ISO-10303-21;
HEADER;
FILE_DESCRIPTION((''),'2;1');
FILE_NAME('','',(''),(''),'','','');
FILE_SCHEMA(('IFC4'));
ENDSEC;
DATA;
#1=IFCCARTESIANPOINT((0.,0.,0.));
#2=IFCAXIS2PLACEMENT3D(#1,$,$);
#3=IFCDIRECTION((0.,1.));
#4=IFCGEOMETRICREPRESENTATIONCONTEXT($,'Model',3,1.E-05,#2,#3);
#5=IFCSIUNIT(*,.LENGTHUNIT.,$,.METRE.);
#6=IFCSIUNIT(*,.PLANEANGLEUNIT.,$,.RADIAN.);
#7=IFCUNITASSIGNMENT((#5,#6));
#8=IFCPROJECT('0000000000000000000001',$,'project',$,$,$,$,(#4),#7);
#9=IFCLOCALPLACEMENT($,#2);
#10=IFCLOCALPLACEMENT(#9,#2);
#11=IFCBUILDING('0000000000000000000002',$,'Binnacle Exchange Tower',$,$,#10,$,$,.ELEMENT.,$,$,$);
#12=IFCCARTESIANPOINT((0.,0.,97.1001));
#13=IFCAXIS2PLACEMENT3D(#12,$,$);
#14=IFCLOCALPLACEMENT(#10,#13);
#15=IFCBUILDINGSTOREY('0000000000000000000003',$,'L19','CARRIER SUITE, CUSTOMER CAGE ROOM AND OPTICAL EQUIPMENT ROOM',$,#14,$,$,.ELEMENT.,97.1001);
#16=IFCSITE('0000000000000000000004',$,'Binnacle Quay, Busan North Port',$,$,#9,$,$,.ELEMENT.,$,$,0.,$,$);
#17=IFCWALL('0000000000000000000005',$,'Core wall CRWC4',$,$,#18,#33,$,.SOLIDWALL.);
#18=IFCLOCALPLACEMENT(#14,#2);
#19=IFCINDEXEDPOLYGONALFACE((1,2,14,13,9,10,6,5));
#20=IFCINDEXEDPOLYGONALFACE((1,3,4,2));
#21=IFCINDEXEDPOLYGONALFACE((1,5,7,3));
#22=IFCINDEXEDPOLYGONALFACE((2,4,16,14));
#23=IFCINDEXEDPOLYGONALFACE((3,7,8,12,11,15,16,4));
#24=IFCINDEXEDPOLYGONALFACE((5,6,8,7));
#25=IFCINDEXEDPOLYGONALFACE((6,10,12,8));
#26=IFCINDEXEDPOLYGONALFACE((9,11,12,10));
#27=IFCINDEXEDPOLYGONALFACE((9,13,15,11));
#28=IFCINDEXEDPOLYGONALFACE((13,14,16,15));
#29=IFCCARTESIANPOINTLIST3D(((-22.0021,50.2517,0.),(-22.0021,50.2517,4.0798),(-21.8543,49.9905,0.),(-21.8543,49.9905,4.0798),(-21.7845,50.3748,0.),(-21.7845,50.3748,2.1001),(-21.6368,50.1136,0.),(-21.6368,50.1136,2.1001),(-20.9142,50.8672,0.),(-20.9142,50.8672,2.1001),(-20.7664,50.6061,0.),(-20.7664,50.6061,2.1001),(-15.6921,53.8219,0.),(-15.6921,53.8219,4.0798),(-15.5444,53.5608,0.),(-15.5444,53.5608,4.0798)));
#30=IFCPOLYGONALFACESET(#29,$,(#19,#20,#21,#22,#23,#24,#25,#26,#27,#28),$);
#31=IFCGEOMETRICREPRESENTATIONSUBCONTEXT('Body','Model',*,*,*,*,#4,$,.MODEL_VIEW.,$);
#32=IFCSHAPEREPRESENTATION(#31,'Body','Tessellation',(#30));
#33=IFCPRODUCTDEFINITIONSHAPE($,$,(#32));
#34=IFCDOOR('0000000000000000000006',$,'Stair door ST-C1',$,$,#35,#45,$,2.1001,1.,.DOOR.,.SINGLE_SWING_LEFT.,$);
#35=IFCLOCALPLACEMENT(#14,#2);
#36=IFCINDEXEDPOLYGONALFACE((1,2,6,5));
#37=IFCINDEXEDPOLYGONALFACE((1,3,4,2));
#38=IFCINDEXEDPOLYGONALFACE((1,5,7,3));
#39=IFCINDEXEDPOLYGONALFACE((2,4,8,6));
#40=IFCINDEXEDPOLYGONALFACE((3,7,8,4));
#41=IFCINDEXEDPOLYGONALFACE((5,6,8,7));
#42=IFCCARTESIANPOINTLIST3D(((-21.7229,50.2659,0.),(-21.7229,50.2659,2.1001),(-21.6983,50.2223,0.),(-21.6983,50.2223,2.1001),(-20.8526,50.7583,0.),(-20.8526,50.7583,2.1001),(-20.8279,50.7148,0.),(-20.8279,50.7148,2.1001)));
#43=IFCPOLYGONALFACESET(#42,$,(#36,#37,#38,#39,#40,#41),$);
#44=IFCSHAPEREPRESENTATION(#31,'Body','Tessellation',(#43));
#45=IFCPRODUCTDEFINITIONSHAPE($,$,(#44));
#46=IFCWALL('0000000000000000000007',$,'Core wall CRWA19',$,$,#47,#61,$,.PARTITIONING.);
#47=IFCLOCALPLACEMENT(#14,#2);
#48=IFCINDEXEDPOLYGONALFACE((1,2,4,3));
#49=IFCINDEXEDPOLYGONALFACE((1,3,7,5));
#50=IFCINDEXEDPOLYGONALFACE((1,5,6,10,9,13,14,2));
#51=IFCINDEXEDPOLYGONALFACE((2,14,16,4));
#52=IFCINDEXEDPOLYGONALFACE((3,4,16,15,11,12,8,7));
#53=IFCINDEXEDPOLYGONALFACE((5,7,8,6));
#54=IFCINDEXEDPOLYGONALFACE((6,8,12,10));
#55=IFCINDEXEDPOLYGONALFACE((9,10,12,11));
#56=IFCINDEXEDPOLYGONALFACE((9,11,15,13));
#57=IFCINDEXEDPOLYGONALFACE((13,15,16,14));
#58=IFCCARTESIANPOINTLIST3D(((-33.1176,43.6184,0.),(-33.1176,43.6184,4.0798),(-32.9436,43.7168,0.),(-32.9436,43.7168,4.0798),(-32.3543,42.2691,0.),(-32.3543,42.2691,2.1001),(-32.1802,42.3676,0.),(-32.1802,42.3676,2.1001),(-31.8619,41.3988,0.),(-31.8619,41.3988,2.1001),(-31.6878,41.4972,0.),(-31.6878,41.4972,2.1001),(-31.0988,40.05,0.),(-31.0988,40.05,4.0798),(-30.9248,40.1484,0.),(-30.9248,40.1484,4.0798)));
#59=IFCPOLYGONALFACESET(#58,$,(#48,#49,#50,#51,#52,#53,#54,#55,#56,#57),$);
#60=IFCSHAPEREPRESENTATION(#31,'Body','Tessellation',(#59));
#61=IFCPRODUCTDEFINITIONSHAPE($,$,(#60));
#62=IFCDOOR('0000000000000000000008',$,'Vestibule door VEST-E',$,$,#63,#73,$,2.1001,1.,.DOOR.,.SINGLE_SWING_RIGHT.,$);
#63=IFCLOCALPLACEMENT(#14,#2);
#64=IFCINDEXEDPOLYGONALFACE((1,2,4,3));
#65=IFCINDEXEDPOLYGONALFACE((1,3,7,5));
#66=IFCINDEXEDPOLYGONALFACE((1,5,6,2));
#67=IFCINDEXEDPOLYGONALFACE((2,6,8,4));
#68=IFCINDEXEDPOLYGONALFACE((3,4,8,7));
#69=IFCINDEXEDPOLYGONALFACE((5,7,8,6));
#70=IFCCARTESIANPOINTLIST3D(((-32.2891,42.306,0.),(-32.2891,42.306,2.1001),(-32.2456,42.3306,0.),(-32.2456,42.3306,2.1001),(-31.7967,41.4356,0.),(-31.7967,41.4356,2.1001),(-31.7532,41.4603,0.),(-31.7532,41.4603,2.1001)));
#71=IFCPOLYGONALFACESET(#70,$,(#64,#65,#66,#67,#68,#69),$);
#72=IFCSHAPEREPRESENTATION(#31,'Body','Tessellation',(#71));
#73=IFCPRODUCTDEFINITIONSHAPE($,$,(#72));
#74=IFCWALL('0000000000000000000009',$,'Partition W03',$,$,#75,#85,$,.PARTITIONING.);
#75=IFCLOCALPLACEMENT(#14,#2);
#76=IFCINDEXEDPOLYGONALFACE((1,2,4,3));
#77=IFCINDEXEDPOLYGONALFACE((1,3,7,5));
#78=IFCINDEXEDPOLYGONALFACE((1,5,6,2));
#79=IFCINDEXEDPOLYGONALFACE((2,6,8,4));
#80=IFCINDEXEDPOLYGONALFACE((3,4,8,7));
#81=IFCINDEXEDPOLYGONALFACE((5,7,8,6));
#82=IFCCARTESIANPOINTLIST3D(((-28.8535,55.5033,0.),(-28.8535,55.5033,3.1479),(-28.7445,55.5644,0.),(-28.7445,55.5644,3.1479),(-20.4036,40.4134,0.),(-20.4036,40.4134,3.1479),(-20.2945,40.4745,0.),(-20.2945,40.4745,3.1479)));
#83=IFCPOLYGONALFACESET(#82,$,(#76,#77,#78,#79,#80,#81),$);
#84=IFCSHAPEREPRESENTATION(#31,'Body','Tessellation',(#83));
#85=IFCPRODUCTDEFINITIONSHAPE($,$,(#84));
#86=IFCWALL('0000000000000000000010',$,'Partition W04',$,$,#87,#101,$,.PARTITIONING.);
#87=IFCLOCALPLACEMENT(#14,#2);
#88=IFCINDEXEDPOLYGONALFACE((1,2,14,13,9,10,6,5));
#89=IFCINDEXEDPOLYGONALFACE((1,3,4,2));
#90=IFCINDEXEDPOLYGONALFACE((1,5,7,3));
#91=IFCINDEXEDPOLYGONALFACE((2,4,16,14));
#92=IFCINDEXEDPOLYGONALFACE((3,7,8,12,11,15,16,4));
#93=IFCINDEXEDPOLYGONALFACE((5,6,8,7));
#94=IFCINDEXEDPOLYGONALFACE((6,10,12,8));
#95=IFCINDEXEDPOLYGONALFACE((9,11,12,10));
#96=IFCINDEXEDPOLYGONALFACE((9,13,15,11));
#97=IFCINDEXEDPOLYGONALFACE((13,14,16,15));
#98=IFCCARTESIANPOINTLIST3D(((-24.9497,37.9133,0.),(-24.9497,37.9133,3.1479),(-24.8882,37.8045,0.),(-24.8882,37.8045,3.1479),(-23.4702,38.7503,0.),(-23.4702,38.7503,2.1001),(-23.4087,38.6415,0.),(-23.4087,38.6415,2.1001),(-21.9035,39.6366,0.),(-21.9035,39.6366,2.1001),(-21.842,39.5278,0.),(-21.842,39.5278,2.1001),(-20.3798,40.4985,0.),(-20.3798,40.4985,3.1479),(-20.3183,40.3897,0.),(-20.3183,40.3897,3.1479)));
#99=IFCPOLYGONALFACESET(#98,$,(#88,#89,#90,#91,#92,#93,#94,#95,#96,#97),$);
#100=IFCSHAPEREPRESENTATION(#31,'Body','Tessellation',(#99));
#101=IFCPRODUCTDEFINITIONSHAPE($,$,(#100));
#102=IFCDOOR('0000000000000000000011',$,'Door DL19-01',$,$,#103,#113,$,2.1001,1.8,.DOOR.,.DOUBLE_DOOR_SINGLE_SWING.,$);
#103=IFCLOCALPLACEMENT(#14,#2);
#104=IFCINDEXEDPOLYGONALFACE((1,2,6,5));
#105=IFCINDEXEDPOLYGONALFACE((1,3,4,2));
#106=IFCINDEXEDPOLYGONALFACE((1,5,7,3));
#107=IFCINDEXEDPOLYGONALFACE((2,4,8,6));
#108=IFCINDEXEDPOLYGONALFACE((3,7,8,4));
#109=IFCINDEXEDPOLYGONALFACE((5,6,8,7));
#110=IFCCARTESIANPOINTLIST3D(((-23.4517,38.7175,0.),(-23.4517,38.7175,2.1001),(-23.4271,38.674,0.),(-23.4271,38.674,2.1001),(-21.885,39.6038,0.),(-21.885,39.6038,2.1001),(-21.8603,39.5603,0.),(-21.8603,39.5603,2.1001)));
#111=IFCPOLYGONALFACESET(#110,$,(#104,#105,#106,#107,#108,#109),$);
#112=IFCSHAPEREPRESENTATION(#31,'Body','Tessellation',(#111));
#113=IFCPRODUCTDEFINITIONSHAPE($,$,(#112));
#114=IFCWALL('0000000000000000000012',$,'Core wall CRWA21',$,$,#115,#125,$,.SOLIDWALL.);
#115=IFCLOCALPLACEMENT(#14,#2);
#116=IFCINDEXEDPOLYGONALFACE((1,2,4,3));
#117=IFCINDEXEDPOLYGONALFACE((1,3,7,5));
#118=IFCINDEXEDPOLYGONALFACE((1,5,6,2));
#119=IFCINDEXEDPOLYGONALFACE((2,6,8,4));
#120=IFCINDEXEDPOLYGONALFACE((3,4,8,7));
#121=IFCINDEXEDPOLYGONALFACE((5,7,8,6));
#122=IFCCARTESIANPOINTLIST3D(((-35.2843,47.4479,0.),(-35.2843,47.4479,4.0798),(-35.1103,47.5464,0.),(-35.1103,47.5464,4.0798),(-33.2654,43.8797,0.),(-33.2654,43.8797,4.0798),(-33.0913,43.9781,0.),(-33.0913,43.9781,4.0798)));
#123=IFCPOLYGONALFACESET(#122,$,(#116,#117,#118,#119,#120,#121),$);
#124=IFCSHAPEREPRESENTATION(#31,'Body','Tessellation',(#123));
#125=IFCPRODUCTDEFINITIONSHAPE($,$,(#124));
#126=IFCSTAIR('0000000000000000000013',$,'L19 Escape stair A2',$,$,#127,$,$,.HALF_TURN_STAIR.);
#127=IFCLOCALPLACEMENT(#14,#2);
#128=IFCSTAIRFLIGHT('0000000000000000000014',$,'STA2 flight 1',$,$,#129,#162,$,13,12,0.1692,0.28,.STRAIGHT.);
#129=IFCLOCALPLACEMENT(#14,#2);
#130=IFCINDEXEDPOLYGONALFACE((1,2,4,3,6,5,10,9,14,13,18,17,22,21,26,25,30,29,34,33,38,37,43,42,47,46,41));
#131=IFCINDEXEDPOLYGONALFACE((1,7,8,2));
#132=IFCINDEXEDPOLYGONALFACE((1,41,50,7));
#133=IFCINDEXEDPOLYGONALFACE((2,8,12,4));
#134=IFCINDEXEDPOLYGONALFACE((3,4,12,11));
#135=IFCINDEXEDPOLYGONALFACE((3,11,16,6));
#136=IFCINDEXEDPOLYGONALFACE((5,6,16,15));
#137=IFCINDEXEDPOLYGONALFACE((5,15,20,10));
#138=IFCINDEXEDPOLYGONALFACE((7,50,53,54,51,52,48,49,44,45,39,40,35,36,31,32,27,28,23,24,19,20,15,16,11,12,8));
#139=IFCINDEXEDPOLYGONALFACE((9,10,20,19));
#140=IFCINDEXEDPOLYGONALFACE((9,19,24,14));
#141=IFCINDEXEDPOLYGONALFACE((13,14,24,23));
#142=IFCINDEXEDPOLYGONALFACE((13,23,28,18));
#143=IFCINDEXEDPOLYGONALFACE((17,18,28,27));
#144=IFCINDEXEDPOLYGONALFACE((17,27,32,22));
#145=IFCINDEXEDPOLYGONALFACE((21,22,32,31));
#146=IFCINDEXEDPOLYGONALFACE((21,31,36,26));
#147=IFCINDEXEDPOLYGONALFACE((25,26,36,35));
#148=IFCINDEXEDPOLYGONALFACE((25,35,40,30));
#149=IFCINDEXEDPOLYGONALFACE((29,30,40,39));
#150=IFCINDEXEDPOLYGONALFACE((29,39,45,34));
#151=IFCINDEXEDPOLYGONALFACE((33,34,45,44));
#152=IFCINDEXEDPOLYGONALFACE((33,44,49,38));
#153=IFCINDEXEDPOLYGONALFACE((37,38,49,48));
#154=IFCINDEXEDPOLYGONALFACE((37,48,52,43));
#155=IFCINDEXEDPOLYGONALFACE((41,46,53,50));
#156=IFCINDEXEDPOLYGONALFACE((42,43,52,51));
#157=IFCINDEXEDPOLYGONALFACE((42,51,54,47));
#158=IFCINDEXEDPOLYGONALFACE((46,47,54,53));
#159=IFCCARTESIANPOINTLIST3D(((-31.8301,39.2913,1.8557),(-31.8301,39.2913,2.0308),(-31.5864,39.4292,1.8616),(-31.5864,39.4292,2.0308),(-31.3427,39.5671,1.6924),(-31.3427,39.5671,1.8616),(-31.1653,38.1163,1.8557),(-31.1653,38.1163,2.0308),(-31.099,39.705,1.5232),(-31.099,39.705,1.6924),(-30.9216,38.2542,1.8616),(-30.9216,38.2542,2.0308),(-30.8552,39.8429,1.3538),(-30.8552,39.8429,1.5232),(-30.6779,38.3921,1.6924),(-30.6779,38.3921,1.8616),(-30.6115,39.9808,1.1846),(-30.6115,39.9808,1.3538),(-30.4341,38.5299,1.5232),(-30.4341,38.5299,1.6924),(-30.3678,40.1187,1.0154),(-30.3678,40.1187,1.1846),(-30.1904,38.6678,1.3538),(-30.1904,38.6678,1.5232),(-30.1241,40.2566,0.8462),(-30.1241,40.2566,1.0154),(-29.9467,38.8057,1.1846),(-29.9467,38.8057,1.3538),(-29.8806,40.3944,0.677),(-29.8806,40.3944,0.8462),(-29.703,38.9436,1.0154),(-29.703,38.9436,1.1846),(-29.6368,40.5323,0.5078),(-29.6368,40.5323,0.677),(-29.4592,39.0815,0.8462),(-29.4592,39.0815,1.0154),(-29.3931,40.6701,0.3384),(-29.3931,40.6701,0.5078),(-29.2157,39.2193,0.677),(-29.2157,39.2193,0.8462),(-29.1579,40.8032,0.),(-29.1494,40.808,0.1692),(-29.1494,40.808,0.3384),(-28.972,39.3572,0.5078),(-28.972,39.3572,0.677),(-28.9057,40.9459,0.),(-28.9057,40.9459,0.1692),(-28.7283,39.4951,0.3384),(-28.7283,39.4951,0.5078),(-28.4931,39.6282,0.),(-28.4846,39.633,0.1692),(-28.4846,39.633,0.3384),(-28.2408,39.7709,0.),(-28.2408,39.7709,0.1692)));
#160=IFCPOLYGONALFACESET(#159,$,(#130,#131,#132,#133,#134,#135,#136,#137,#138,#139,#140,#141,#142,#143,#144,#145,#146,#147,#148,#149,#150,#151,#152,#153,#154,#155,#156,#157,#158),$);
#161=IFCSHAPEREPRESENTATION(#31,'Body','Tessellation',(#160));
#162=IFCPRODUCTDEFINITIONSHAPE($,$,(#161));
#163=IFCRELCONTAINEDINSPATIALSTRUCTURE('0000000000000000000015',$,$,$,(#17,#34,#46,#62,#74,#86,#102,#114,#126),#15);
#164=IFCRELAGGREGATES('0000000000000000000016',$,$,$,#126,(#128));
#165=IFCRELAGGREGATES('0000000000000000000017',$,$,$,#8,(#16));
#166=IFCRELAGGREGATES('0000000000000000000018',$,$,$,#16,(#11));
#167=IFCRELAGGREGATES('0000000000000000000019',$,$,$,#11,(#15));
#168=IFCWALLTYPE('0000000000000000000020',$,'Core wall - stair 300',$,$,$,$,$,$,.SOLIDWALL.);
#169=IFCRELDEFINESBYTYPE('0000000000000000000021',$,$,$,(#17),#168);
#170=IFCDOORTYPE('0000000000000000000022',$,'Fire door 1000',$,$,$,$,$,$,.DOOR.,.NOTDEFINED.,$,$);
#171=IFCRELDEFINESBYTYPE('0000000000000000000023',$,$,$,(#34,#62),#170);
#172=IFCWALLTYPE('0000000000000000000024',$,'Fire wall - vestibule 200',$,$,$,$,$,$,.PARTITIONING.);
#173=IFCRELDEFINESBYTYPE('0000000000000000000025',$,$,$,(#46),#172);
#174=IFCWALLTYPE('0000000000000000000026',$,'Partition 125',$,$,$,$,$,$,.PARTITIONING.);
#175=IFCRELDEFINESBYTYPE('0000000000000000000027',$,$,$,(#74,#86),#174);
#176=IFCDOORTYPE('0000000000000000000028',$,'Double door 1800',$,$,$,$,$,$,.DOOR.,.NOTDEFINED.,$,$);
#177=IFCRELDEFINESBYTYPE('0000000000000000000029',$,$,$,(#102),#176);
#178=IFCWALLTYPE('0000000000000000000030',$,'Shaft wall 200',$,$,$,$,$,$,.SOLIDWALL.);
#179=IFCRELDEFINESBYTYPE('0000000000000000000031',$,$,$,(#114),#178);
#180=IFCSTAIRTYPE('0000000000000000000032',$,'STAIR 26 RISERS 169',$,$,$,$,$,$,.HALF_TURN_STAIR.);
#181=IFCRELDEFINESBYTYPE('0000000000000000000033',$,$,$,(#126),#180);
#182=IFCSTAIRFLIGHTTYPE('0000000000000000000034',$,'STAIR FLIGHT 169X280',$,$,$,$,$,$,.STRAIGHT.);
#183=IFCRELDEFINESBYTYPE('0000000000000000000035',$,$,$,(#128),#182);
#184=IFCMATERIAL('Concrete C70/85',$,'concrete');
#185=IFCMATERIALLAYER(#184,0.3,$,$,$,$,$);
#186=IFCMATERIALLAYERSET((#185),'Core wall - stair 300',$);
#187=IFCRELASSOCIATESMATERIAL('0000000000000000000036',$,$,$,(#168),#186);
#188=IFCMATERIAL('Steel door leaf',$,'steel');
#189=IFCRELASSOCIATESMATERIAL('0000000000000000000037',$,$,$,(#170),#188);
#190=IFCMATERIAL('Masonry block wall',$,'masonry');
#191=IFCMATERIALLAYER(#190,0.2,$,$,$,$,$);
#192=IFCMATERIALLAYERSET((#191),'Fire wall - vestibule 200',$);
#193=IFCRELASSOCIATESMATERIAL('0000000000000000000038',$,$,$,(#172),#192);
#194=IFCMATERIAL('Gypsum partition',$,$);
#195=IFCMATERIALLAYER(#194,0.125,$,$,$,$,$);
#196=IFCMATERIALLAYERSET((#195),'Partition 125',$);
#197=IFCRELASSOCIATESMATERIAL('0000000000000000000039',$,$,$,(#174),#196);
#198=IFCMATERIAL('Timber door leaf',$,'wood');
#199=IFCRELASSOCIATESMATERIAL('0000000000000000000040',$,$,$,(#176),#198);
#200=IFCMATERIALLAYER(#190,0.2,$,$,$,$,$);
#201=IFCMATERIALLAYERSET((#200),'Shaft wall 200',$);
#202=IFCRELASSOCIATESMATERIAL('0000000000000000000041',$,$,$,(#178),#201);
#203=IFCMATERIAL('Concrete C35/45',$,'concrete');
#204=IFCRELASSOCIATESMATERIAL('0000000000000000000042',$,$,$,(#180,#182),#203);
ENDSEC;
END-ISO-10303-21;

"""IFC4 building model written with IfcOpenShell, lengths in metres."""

from ifc_helpers import new_model, si_unit, direction, frame, frame_2d, origin, place, context, subcontext, project, spatial, polyline, rectangle, outline, extrude, material, layer, layer_set, type_object, element, fill, aggregate, save


model = new_model("IFC4")

# Units and contexts
model_context = context("Model", 3, precision=1e-05, world=origin(), true_north=direction((0.0, 1.0)))
body_context = subcontext(model_context, "Body", "Model", "MODEL_VIEW")
ifc_project = project(units=[si_unit("LENGTHUNIT", "METRE"), si_unit("PLANEANGLEUNIT", "RADIAN")], contexts=[model_context])

# Site, building, storey
site_placement = place(None, origin())
site = spatial("IfcSite", under=ifc_project, at=site_placement, Name="Binnacle Quay, Busan North Port", CompositionType="ELEMENT", RefElevation=0.0)
building_placement = place(site_placement, origin())
building = spatial("IfcBuilding", under=site, at=building_placement, Name="Binnacle Exchange Tower", CompositionType="ELEMENT")
storey_placement = place(building_placement, frame((0.0, 0.0, 97.1001)))
storey = spatial("IfcBuildingStorey", under=building, at=storey_placement, Name="L19", Description="CARRIER SUITE, CUSTOMER CAGE ROOM AND OPTICAL EQUIPMENT ROOM", CompositionType="ELEMENT", Elevation=97.1001)

# Shared definitions
ifc_material_1 = material(Name="Concrete C70/85", Category="concrete")

# Shared definitions
ifc_layer_1 = layer(ifc_material_1, 0.3)
ifc_layer_set_1 = layer_set([ifc_layer_1], Name="Core wall - stair 300")
wall_type_1 = type_object("IfcWallType", Name="Core wall - stair 300", PredefinedType="SOLIDWALL", material=ifc_layer_set_1)
ifc_material_2 = material(Name="Steel door leaf", Category="steel")
door_type_1 = type_object("IfcDoorType", Name="Fire door 1000", OperationType="NOTDEFINED", PredefinedType="DOOR", material=ifc_material_2)

# Walls, openings, doors
wall_1_placement = place(storey_placement, frame((-21.9282, 50.1211, 0.0), z_axis=(0.0, 0.0, 1.0), x_axis=(0.870341, 0.49245, 0.0)))
wall_1 = element("IfcWall", 1, at=wall_1_placement, inside=storey, type_object=wall_type_1, Name="Core wall CRWC4", PredefinedType="SOLIDWALL", context=body_context, shape_type="SweptSolid", body=[
    extrude(rectangle(XDim=7.25, YDim=0.3, at=frame_2d((3.625, 0.0))), origin(), (0.0, 0.0, 1.0), 4.0798),
])
opening_1_placement = place(wall_1_placement, frame((0.25, 0.0, 0.0)))
opening_1 = element("IfcOpeningElement", 2, at=opening_1_placement, cuts=wall_1, PredefinedType="OPENING", context=body_context, shape_type="SweptSolid", body=[
    extrude(rectangle(XDim=1.0, YDim=2.1001, at=frame_2d((0.5, 1.05))), frame((0.0, 0.1599, 0.0), z_axis=(0.0, -1.0, 0.0), x_axis=(1.0, 0.0, 0.0)), (0.0, 0.0, 1.0), 0.3201),
])
door_1_placement = place(opening_1_placement, origin())
door_1 = element("IfcDoor", 3, at=door_1_placement, inside=storey, type_object=door_type_1, Name="Stair door ST-C1", OperationType="SINGLE_SWING_LEFT", OverallHeight=2.1001, OverallWidth=1.0, PredefinedType="DOOR", context=body_context, shape_type="SweptSolid", body=[
    extrude(rectangle(XDim=1.0, YDim=2.1001, at=frame_2d((0.5, 1.05))), frame((0.0, 0.0249, 0.0), z_axis=(0.0, -1.0, 0.0), x_axis=(1.0, 0.0, 0.0)), (0.0, 0.0, 1.0), 0.05),
])
fill(opening_1, door_1)
ifc_material_3 = material(Name="Masonry block wall", Category="masonry")
ifc_layer_2 = layer(ifc_material_3, 0.2)
ifc_layer_set_2 = layer_set([ifc_layer_2], Name="Fire wall - vestibule 200")
wall_type_2 = type_object("IfcWallType", Name="Fire wall - vestibule 200", PredefinedType="PARTITIONING", material=ifc_layer_set_2)
wall_2_placement = place(storey_placement, frame((-33.0305, 43.6675, 0.0), z_axis=(0.0, 0.0, 1.0), x_axis=(0.492408, -0.870364, 0.0)))
wall_2 = element("IfcWall", 4, at=wall_2_placement, inside=storey, type_object=wall_type_2, Name="Core wall CRWA19", PredefinedType="PARTITIONING", context=body_context, shape_type="SweptSolid", body=[
    extrude(rectangle(XDim=4.0999, YDim=0.2, at=frame_2d((2.0498, 0.0))), origin(), (0.0, 0.0, 1.0), 4.0798),
])
opening_2_placement = place(wall_2_placement, frame((1.55, 0.0, 0.0)))
opening_2 = element("IfcOpeningElement", 5, at=opening_2_placement, cuts=wall_2, PredefinedType="OPENING", context=body_context, shape_type="SweptSolid", body=[
    extrude(rectangle(XDim=1.0, YDim=2.1001, at=frame_2d((0.5, 1.05))), frame((0.0, 0.1099, 0.0), z_axis=(0.0, -1.0, 0.0), x_axis=(1.0, 0.0, 0.0)), (0.0, 0.0, 1.0), 0.22),
])
door_2_placement = place(opening_2_placement, origin())
door_2 = element("IfcDoor", 6, at=door_2_placement, inside=storey, type_object=door_type_1, Name="Vestibule door VEST-E", OperationType="SINGLE_SWING_RIGHT", OverallHeight=2.1001, OverallWidth=1.0, PredefinedType="DOOR", context=body_context, shape_type="SweptSolid", body=[
    extrude(rectangle(XDim=1.0, YDim=2.1001, at=frame_2d((0.5, 1.05))), frame((0.0, 0.0249, 0.0), z_axis=(0.0, -1.0, 0.0), x_axis=(1.0, 0.0, 0.0)), (0.0, 0.0, 1.0), 0.05),
])
fill(opening_2, door_2)

# Wall
ifc_material_4 = material(Name="Gypsum partition")
ifc_layer_3 = layer(ifc_material_4, 0.125)
ifc_layer_set_3 = layer_set([ifc_layer_3], Name="Partition 125")
wall_type_3 = type_object("IfcWallType", Name="Partition 125", PredefinedType="PARTITIONING", material=ifc_layer_set_3)
wall_3_placement = place(storey_placement, frame((-28.7991, 55.5339, 0.0), z_axis=(0.0, 0.0, 1.0), x_axis=(0.488587, -0.872515, 0.0)))
element("IfcWall", 7, at=wall_3_placement, inside=storey, type_object=wall_type_3, Name="Partition W03", PredefinedType="PARTITIONING", context=body_context, shape_type="SweptSolid", body=[
    extrude(rectangle(XDim=17.2947, YDim=0.125, at=frame_2d((8.6475, 0.0))), origin(), (0.0, 0.0, 1.0), 3.1479),
])

# Wall, opening, door
wall_4_placement = place(storey_placement, frame((-24.9189, 37.8589, 0.0), z_axis=(0.0, 0.0, 1.0), x_axis=(0.870378, 0.492384, 0.0)))
wall_4 = element("IfcWall", 8, at=wall_4_placement, inside=storey, type_object=wall_type_3, Name="Partition W04", PredefinedType="PARTITIONING", context=body_context, shape_type="SweptSolid", body=[
    extrude(rectangle(XDim=5.2505, YDim=0.125, at=frame_2d((2.6252, 0.0))), origin(), (0.0, 0.0, 1.0), 3.1479),
])
opening_3_placement = place(wall_4_placement, frame((1.7, 0.0, 0.0)))
opening_3 = element("IfcOpeningElement", 9, at=opening_3_placement, cuts=wall_4, PredefinedType="OPENING", context=body_context, shape_type="SweptSolid", body=[
    extrude(rectangle(XDim=1.8, YDim=2.1001, at=frame_2d((0.8999, 1.05))), frame((0.0, 0.0725, 0.0), z_axis=(0.0, -1.0, 0.0), x_axis=(1.0, 0.0, 0.0)), (0.0, 0.0, 1.0), 0.145),
])
ifc_material_5 = material(Name="Timber door leaf", Category="wood")
door_type_2 = type_object("IfcDoorType", Name="Double door 1800", OperationType="NOTDEFINED", PredefinedType="DOOR", material=ifc_material_5)
door_3_placement = place(opening_3_placement, origin())
door_3 = element("IfcDoor", 10, at=door_3_placement, inside=storey, type_object=door_type_2, Name="Door DL19-01", OperationType="DOUBLE_DOOR_SINGLE_SWING", OverallHeight=2.1001, OverallWidth=1.8, PredefinedType="DOOR", context=body_context, shape_type="SweptSolid", body=[
    extrude(rectangle(XDim=1.8, YDim=2.1001, at=frame_2d((0.8999, 1.05))), frame((0.0, 0.0249, 0.0), z_axis=(0.0, -1.0, 0.0), x_axis=(1.0, 0.0, 0.0)), (0.0, 0.0, 1.0), 0.05),
])
fill(opening_3, door_3)

# Wall
ifc_layer_4 = layer(ifc_material_3, 0.2)
ifc_layer_set_4 = layer_set([ifc_layer_4], Name="Shaft wall 200")
wall_type_4 = type_object("IfcWallType", Name="Shaft wall 200", PredefinedType="SOLIDWALL", material=ifc_layer_set_4)
wall_5_placement = place(storey_placement, frame((-35.1973, 47.4971, 0.0), z_axis=(0.0, 0.0, 1.0), x_axis=(0.492454, -0.870339, 0.0)))
element("IfcWall", 11, at=wall_5_placement, inside=storey, type_object=wall_type_4, Name="Core wall CRWA21", PredefinedType="SOLIDWALL", context=body_context, shape_type="SweptSolid", body=[
    extrude(rectangle(XDim=4.0999, YDim=0.2, at=frame_2d((2.0498, 0.0))), origin(), (0.0, 0.0, 1.0), 4.0798),
])

# Stair, stair flight
ifc_material_6 = material(Name="Concrete C35/45", Category="concrete")
stair_type = type_object("IfcStairType", Name="STAIR 26 RISERS 169", PredefinedType="HALF_TURN_STAIR", material=ifc_material_6)
stair_placement = place(storey_placement, origin())
stair = element("IfcStair", 12, at=stair_placement, inside=storey, type_object=stair_type, Name="L19 Escape stair A2", PredefinedType="HALF_TURN_STAIR")
stair_flight_type = type_object("IfcStairFlightType", Name="STAIR FLIGHT 169X280", PredefinedType="STRAIGHT", material=ifc_material_6)
stair_flight_placement = place(storey_placement, frame((-28.5732, 40.3584, 0.0), z_axis=(0.0, 0.0, 1.0), x_axis=(-0.870356, -0.492424, 0.0)))
stair_flight = element("IfcStairFlight", 13, at=stair_flight_placement, type_object=stair_flight_type, Name="STA2 flight 1", NumberOfRisers=13, NumberOfTreads=12, PredefinedType="STRAIGHT", RiserHeight=0.1692, TreadLength=0.28, context=body_context, shape_type="SweptSolid", body=[
    extrude(outline(polyline([(0.0, 0.0), (0.0, 0.1692), (0.28, 0.1692), (0.28, 0.3384), (0.5601, 0.3384), (0.5601, 0.5078), (0.8401, 0.5078), (0.8401, 0.677), (1.1201, 0.677), (1.1201, 0.8462), (1.3999, 0.8462), (1.3999, 1.0154), (1.6799, 1.0154), (1.6799, 1.1846), (1.96, 1.1846), (1.96, 1.3538), (2.24, 1.3538), (2.24, 1.5232), (2.52, 1.5232), (2.52, 1.6924), (2.8, 1.6924), (2.8, 1.8616), (3.0801, 1.8616), (3.0801, 2.0308), (3.3601, 2.0308), (3.3601, 2.2), (3.3601, 1.8557), (0.2898, 0.0), (0.0, 0.0)])), frame((0.0, 0.675, 0.0), z_axis=(0.0, -1.0, 0.0), x_axis=(1.0, 0.0, 0.0)), (0.0, 0.0, 1.0), 1.3501),
])
aggregate(stair, [stair_flight])

save(model, "model.ifc")
